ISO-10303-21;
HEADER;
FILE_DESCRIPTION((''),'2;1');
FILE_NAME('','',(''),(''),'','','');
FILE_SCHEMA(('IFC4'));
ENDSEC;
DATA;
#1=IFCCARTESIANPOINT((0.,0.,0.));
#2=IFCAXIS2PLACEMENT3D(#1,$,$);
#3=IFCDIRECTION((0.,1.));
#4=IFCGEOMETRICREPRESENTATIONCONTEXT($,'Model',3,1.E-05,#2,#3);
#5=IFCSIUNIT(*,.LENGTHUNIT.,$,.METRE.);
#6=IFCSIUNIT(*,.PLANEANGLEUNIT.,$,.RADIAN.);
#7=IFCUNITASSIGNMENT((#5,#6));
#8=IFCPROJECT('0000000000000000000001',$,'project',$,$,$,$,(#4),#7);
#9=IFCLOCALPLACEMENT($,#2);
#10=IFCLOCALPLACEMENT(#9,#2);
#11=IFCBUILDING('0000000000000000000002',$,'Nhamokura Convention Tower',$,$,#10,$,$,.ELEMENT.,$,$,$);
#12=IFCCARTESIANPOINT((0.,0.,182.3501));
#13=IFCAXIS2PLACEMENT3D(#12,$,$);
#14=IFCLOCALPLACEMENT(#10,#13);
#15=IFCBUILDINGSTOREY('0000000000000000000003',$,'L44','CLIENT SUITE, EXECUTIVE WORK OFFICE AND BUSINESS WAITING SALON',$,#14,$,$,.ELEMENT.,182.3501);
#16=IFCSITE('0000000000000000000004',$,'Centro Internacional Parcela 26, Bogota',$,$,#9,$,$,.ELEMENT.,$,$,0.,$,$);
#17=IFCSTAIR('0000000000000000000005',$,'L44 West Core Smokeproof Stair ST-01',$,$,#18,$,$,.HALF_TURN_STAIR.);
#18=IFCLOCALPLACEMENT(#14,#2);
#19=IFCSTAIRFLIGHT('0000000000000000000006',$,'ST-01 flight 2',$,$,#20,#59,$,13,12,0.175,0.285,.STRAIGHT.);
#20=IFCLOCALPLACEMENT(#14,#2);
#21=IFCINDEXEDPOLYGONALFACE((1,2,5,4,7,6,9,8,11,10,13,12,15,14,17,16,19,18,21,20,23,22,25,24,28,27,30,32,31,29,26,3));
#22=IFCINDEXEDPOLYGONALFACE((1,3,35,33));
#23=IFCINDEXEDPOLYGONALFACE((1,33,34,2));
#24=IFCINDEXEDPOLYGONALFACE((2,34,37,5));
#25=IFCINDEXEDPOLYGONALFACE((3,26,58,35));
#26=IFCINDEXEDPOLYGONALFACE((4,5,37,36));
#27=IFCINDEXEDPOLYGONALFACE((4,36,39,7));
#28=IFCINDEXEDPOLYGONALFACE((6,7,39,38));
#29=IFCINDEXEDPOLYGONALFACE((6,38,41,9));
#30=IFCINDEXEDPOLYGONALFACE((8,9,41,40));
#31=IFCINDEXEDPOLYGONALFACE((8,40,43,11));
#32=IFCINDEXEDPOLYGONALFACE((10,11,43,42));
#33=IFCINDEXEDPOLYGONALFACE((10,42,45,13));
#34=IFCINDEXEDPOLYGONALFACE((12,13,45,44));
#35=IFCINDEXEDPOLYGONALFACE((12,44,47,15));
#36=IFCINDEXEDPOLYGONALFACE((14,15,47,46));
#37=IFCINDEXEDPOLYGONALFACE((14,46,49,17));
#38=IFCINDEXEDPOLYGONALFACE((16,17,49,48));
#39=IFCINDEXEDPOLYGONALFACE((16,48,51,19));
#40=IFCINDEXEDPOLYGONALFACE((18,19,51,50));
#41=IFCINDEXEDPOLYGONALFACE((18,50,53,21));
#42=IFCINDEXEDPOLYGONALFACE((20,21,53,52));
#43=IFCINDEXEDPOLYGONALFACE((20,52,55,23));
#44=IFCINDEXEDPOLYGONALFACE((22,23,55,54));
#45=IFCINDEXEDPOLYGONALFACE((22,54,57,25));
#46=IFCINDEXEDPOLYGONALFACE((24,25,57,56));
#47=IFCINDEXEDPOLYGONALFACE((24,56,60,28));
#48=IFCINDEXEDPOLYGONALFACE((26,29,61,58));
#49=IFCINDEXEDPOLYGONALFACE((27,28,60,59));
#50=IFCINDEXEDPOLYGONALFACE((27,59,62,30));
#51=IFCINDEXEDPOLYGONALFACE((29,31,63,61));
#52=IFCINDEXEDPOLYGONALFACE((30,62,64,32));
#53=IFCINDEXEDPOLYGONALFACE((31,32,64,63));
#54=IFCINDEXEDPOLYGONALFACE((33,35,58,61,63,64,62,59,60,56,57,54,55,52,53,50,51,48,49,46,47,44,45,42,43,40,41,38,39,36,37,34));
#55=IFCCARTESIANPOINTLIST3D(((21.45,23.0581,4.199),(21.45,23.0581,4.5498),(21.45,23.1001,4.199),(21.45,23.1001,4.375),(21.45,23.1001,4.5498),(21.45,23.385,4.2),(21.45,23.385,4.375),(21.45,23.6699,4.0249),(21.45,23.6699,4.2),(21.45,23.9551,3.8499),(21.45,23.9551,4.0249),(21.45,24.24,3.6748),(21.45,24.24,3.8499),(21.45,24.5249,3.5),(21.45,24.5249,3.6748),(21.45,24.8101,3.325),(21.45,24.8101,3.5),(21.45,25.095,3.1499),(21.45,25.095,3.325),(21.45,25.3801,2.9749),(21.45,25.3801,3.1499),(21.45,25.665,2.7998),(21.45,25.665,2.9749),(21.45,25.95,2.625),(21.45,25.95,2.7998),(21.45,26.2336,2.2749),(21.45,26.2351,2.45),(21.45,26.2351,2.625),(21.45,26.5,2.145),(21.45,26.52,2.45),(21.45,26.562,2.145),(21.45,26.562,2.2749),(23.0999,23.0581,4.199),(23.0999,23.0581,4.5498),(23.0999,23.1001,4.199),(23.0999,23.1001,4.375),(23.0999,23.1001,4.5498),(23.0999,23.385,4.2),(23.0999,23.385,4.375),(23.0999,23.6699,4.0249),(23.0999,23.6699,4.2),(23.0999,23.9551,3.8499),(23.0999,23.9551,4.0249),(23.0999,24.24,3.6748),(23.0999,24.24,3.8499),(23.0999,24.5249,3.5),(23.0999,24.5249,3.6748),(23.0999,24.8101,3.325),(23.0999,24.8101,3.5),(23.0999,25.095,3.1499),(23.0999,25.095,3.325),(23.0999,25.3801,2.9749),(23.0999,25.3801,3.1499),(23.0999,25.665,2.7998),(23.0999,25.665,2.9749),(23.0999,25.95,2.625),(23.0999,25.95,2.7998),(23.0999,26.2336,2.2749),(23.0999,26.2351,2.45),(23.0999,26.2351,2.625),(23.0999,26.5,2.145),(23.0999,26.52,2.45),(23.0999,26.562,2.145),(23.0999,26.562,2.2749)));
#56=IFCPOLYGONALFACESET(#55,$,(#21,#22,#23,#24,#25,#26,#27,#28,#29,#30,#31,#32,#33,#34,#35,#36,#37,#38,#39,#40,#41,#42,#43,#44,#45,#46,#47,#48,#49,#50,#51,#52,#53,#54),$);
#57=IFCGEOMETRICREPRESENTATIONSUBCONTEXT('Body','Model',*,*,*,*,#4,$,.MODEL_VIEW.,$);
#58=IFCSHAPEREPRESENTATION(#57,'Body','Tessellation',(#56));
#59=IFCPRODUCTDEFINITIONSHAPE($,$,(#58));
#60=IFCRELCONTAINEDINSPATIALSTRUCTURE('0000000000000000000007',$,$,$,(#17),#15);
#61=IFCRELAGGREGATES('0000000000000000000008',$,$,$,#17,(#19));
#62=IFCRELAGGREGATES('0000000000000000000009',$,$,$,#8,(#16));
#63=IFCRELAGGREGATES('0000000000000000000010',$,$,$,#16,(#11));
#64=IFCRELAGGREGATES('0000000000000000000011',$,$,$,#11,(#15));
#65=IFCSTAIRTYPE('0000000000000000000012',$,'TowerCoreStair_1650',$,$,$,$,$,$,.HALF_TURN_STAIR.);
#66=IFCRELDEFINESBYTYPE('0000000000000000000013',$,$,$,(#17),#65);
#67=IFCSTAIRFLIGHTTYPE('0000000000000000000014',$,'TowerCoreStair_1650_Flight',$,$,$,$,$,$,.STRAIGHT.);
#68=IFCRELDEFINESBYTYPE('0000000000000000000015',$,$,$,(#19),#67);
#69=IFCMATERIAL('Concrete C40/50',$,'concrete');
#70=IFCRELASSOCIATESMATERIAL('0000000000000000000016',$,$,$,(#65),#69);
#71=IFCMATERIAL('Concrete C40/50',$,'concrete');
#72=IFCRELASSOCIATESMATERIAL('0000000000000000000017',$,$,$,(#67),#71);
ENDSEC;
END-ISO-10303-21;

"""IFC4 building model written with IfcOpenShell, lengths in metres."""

from ifc_helpers import new_model, si_unit, direction, frame, origin, place, context, subcontext, project, spatial, polyline, outline, extrude, material, type_object, element, aggregate, save


model = new_model("IFC4")

# Units and contexts
model_context = context("Model", 3, precision=1e-05, world=origin(), true_north=direction((0.0, 1.0)))
body_context = subcontext(model_context, "Body", "Model", "MODEL_VIEW")
ifc_project = project(units=[si_unit("LENGTHUNIT", "METRE"), si_unit("PLANEANGLEUNIT", "RADIAN")], contexts=[model_context])

# Site, building, storey
site_placement = place(None, origin())
site = spatial("IfcSite", under=ifc_project, at=site_placement, Name="Centro Internacional Parcela 26, Bogota", CompositionType="ELEMENT", RefElevation=0.0)
building_placement = place(site_placement, origin())
building = spatial("IfcBuilding", under=site, at=building_placement, Name="Nhamokura Convention Tower", CompositionType="ELEMENT")
storey_placement = place(building_placement, frame((0.0, 0.0, 182.3501)))
storey = spatial("IfcBuildingStorey", under=building, at=storey_placement, Name="L44", Description="CLIENT SUITE, EXECUTIVE WORK OFFICE AND BUSINESS WAITING SALON", CompositionType="ELEMENT", Elevation=182.3501)

# Stair, stair flight
ifc_material_1 = material(Name="Concrete C40/50", Category="concrete")
stair_type = type_object("IfcStairType", Name="TowerCoreStair_1650", PredefinedType="HALF_TURN_STAIR", material=ifc_material_1)
stair_placement = place(storey_placement, origin())
stair = element("IfcStair", 1, at=stair_placement, inside=storey, type_object=stair_type, Name="L44 West Core Smokeproof Stair ST-01", PredefinedType="HALF_TURN_STAIR")
ifc_material_2 = material(Name="Concrete C40/50", Category="concrete")
stair_flight_type = type_object("IfcStairFlightType", Name="TowerCoreStair_1650_Flight", PredefinedType="STRAIGHT", material=ifc_material_2)
stair_flight_1_placement = place(storey_placement, frame((22.2749, 26.52, 2.2749), z_axis=(0.0, 0.0, 1.0), x_axis=(0.0, -1.0, 0.0)))
stair_flight_1 = element("IfcStairFlight", 2, at=stair_flight_1_placement, type_object=stair_flight_type, Name="ST-01 flight 2", NumberOfRisers=13, NumberOfTreads=12, PredefinedType="STRAIGHT", RiserHeight=0.175, TreadLength=0.285, context=body_context, shape_type="SweptSolid", body=[
    extrude(outline(polyline([(-0.042, 0.0), (0.0, 0.175), (0.2849, 0.175), (0.2849, 0.3501), (0.5701, 0.3501), (0.5701, 0.5249), (0.855, 0.5249), (0.855, 0.7), (1.1399, 0.7), (1.1399, 0.875), (1.425, 0.875), (1.425, 1.05), (1.71, 1.05), (1.71, 1.2251), (1.9951, 1.2251), (1.9951, 1.3999), (2.28, 1.3999), (2.28, 1.575), (2.5649, 1.575), (2.5649, 1.75), (2.8501, 1.75), (2.8501, 1.925), (3.135, 1.925), (3.135, 2.1001), (3.4199, 2.1001), (3.4199, 2.2749), (3.4619, 2.2749), (3.4619, 1.9241), (3.4199, 1.9241), (0.2864, 0.0), (0.02, -0.1299), (-0.042, -0.1299), (-0.042, 0.0)])), frame((0.0, 0.825, 0.0), z_axis=(0.0, -1.0, 0.0), x_axis=(1.0, 0.0, 0.0)), (0.0, 0.0, 1.0), 1.6499),
])
aggregate(stair, [stair_flight_1])

save(model, "model.ifc")
